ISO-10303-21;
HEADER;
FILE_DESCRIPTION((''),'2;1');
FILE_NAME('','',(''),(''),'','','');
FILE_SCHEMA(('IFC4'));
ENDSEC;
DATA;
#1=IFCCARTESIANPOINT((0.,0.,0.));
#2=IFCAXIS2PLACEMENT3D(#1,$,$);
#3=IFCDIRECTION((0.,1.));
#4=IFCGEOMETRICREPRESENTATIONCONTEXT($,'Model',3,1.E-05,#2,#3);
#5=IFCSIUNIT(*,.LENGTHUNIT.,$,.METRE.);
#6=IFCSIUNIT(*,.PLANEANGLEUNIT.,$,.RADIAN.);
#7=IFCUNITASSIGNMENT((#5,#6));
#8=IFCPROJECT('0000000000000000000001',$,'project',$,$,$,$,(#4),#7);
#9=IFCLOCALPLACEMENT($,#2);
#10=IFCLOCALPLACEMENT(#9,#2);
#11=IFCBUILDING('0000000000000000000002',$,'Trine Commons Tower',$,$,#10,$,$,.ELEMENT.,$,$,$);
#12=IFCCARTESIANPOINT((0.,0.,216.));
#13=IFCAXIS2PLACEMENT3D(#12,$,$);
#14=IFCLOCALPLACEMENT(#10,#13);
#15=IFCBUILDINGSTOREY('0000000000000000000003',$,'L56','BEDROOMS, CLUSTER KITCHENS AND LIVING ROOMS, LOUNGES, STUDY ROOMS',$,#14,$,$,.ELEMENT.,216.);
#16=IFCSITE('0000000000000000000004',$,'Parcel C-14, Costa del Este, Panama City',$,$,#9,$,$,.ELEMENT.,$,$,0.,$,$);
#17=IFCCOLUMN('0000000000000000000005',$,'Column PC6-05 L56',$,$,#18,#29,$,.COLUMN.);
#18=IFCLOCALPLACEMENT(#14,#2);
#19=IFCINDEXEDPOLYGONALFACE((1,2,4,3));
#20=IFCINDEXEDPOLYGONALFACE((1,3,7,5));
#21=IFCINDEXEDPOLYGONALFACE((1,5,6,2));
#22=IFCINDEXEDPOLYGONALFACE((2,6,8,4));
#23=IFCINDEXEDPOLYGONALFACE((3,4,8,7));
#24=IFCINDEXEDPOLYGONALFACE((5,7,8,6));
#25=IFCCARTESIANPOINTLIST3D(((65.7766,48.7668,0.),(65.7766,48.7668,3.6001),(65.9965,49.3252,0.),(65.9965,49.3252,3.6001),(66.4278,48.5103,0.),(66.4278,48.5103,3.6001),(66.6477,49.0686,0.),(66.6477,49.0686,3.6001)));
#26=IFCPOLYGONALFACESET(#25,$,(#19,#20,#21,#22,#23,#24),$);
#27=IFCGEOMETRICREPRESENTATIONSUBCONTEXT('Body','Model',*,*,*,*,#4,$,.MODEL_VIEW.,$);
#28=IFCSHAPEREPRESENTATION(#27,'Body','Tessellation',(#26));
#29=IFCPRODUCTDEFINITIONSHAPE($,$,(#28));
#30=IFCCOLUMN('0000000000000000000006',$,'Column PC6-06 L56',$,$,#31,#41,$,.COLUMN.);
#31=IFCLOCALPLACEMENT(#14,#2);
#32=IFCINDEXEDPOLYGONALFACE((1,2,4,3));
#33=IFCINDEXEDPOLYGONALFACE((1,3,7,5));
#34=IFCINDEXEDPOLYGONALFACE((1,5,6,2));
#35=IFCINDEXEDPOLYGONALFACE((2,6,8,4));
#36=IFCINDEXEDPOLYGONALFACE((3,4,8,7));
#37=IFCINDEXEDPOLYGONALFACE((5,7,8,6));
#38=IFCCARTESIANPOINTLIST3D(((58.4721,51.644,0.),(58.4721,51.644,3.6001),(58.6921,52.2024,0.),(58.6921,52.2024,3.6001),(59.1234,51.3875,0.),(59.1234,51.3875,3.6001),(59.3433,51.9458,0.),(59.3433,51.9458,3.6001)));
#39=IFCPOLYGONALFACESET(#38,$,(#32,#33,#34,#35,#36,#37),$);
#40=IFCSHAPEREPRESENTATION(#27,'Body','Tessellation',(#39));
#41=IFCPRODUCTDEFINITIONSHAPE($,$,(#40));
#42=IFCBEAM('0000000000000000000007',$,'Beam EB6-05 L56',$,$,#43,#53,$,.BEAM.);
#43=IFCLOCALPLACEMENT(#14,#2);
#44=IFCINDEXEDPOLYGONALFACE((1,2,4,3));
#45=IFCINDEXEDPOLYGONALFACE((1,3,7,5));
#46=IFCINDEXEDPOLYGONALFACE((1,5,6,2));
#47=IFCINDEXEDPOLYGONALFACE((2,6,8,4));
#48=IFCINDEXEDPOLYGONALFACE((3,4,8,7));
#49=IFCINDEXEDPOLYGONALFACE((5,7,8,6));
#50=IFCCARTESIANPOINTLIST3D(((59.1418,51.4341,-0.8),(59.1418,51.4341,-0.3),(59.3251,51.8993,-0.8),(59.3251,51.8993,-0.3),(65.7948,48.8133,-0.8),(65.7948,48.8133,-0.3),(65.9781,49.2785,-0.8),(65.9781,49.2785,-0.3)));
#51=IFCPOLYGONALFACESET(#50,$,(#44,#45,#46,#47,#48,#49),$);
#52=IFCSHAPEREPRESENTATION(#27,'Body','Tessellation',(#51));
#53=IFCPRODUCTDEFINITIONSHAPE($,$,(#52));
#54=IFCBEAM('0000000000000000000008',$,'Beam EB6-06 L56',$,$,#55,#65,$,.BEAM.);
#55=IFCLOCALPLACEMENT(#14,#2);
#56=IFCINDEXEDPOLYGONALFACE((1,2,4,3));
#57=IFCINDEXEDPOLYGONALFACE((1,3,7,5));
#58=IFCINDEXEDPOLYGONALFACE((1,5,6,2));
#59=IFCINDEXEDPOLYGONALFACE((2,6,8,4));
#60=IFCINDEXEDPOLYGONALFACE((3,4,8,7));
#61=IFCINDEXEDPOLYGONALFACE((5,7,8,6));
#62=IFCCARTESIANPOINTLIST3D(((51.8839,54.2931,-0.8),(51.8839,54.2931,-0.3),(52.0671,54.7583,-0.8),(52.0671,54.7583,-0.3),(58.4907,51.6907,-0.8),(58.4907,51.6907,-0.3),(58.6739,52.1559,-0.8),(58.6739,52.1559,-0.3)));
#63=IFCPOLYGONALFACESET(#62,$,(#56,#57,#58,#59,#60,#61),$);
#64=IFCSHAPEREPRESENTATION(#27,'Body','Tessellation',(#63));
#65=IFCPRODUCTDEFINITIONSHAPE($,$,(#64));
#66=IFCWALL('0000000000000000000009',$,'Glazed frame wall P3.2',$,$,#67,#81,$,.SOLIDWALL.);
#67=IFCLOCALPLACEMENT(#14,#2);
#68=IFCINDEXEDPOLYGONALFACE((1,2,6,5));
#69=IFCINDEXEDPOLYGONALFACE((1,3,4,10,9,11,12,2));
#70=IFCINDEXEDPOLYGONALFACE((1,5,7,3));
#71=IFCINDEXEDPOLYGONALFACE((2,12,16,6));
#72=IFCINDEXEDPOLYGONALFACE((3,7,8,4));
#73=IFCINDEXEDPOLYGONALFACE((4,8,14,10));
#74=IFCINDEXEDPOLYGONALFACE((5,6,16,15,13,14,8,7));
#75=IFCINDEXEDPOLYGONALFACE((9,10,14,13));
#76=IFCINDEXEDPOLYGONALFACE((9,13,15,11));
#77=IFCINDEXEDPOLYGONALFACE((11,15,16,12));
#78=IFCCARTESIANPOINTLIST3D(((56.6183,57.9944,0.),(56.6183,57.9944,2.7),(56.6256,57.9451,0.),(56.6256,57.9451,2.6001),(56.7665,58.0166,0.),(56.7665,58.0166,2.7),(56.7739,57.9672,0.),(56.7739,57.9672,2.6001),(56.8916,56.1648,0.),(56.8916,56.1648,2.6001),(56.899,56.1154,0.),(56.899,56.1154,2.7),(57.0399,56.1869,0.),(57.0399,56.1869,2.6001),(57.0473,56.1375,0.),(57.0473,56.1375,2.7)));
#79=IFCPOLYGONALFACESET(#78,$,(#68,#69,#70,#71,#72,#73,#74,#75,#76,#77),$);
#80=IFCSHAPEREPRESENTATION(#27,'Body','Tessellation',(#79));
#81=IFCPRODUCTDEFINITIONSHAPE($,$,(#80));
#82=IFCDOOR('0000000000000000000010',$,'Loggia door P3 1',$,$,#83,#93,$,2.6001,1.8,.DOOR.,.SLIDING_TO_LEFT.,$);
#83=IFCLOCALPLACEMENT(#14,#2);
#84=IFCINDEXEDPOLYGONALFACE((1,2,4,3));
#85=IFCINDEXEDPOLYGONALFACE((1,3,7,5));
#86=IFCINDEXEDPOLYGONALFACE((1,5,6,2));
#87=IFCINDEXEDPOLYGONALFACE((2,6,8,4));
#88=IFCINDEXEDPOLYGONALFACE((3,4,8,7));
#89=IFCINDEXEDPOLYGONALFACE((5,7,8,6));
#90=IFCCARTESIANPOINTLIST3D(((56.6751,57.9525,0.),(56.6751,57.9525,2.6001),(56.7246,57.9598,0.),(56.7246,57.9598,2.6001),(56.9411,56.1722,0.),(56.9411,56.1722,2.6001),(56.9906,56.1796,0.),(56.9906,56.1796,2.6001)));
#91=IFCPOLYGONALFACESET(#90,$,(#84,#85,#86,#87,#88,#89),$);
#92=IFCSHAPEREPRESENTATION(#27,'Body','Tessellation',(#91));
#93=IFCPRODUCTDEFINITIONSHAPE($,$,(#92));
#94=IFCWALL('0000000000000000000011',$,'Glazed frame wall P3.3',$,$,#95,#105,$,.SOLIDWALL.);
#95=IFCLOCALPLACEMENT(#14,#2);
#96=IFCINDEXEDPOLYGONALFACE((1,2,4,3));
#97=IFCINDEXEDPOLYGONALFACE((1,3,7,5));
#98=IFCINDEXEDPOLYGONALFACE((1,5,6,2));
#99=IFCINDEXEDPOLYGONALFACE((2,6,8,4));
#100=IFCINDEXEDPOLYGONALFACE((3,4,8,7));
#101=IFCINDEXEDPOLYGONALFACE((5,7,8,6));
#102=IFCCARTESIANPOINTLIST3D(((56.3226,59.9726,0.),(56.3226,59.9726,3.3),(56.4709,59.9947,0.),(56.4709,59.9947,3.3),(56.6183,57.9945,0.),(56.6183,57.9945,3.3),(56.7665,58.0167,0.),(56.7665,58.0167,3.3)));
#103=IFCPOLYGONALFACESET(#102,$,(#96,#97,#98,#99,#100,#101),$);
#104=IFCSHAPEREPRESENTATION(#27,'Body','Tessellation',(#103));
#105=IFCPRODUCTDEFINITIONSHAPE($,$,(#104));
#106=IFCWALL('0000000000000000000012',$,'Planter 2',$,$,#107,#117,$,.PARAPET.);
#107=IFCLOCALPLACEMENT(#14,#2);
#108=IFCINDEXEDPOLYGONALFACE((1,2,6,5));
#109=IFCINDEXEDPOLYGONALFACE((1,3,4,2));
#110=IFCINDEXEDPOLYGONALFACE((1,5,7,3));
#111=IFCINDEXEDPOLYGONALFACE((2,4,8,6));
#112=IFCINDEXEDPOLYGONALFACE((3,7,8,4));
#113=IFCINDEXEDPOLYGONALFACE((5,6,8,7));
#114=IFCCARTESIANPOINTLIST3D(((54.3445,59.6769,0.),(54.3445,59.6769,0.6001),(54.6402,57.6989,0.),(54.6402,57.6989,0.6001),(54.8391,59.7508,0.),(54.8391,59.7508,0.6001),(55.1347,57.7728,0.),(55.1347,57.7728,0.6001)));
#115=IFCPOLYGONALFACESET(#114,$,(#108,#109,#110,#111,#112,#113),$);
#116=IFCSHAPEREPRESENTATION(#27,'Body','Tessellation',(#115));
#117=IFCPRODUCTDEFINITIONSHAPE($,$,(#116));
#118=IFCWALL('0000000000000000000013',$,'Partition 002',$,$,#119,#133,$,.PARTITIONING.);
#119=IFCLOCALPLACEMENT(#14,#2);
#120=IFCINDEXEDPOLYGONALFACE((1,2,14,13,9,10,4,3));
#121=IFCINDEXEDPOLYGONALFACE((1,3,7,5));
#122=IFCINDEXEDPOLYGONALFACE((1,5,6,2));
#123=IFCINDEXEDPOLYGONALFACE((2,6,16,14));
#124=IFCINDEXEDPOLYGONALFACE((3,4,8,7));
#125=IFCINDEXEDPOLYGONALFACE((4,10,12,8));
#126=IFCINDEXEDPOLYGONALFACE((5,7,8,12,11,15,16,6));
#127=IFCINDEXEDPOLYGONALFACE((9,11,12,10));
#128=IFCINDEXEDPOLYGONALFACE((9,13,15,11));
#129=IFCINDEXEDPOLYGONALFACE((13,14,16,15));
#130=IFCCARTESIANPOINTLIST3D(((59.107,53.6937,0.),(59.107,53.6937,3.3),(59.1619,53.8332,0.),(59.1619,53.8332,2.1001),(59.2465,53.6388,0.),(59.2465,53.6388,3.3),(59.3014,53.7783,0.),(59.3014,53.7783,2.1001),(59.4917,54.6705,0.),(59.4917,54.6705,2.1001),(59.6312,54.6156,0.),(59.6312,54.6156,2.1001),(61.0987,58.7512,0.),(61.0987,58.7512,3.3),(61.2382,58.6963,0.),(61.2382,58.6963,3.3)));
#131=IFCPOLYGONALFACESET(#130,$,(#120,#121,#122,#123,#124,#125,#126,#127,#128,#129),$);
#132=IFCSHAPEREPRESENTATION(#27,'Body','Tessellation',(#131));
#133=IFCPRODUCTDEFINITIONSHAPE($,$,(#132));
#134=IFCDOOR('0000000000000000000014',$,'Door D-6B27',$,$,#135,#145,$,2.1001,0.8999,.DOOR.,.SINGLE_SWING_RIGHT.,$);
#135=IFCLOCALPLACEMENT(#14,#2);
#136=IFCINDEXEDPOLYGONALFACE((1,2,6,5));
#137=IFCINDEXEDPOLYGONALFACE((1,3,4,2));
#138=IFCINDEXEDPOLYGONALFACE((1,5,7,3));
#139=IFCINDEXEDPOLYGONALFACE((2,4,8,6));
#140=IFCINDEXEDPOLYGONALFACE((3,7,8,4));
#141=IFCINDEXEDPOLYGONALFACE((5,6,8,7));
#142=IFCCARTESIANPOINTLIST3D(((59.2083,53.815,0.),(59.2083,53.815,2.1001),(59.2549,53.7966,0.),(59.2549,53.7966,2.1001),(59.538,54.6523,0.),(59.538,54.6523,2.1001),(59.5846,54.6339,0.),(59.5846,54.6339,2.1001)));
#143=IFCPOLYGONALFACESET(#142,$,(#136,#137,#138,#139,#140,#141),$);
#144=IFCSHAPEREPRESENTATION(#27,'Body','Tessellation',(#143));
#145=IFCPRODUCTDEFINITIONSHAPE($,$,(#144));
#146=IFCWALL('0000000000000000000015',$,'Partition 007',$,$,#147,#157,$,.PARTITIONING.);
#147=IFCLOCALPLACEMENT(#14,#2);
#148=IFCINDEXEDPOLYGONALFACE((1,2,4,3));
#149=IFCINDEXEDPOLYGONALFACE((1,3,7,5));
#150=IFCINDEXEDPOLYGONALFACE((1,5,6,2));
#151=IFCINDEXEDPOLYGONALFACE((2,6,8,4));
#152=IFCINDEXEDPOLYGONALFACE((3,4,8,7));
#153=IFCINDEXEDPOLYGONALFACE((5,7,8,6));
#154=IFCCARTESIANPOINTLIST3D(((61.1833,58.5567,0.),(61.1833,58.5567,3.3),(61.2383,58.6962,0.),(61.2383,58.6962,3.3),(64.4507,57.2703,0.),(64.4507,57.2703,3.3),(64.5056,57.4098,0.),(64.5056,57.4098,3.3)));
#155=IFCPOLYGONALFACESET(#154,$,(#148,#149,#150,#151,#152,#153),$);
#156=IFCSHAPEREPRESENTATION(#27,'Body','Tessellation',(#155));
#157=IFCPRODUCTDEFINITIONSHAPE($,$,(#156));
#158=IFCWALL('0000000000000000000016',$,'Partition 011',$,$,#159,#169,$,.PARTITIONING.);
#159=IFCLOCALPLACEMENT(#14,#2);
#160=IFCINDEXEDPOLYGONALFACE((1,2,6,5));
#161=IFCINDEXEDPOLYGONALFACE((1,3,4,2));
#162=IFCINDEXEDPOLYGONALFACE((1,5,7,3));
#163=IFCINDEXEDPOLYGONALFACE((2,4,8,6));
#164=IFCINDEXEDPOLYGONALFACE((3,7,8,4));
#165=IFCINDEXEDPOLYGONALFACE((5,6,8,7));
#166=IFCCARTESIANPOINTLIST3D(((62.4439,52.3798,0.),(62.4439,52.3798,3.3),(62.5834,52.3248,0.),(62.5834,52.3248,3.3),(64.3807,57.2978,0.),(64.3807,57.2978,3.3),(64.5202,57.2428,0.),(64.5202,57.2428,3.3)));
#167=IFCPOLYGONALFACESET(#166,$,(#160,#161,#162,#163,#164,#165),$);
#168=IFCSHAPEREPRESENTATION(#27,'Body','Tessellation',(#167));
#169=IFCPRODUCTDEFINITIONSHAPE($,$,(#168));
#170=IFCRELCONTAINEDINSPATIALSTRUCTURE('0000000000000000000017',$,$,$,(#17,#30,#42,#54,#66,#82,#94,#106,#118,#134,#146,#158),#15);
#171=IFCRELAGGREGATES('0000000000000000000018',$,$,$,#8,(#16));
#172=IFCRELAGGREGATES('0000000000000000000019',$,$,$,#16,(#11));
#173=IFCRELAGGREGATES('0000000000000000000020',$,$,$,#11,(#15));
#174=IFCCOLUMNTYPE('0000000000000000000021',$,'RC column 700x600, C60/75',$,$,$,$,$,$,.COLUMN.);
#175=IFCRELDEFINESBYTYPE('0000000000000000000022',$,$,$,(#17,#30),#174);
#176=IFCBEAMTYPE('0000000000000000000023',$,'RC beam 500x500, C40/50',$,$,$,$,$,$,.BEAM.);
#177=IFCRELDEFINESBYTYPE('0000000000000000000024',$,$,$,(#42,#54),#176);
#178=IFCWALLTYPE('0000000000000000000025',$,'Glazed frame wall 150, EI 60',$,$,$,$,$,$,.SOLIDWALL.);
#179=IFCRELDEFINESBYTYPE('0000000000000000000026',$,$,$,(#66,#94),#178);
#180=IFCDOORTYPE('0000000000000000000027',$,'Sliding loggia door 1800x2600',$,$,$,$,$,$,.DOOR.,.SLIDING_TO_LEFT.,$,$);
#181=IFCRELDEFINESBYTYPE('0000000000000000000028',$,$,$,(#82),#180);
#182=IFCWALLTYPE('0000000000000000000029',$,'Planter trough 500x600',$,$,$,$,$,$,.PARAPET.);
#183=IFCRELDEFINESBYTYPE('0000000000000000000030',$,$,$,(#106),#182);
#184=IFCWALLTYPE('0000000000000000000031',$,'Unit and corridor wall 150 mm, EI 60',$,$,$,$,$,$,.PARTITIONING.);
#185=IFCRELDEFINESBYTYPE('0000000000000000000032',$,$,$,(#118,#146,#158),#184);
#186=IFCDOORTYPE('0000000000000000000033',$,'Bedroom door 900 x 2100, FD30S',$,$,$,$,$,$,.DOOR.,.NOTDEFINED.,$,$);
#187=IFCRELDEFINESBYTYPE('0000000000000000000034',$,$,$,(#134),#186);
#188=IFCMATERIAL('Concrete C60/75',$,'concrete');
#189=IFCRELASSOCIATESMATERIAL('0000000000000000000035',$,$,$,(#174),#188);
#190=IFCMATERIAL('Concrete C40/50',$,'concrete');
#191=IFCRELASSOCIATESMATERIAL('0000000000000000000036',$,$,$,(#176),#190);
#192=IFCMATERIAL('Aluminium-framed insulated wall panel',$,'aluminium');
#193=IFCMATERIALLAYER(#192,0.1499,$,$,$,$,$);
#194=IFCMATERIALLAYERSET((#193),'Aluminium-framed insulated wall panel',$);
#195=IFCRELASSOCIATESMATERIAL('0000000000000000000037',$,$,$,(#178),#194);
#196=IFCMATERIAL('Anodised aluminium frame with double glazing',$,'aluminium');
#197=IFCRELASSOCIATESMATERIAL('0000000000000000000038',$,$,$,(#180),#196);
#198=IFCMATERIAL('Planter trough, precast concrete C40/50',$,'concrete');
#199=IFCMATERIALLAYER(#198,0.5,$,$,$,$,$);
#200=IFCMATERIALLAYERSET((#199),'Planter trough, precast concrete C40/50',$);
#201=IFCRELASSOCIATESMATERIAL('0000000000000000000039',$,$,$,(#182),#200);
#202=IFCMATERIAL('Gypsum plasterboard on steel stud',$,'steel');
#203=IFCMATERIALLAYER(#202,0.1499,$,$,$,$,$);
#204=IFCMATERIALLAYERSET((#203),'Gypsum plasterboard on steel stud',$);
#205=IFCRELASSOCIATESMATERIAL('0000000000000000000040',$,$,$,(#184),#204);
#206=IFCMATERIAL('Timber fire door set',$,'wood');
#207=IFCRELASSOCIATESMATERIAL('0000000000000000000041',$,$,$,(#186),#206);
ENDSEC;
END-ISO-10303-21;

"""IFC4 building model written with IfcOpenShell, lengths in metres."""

from ifc_helpers import new_model, si_unit, direction, frame, frame_2d, origin, origin_2d, place, context, subcontext, project, spatial, polyline, rectangle, outline, extrude, material, layer, layer_set, material_profile, profile_set, type_object, element, fill, save


model = new_model("IFC4")

# Units and contexts
model_context = context("Model", 3, precision=1e-05, world=origin(), true_north=direction((0.0, 1.0)))
body_context = subcontext(model_context, "Body", "Model", "MODEL_VIEW")
ifc_project = project(units=[si_unit("LENGTHUNIT", "METRE"), si_unit("PLANEANGLEUNIT", "RADIAN")], contexts=[model_context])

# Site, building, storey
site_placement = place(None, origin())
site = spatial("IfcSite", under=ifc_project, at=site_placement, Name="Parcel C-14, Costa del Este, Panama City", CompositionType="ELEMENT", RefElevation=0.0)
building_placement = place(site_placement, origin())
building = spatial("IfcBuilding", under=site, at=building_placement, Name="Trine Commons Tower", CompositionType="ELEMENT")
storey_placement = place(building_placement, frame((0.0, 0.0, 216.0)))
storey = spatial("IfcBuildingStorey", under=building, at=storey_placement, Name="L56", Description="BEDROOMS, CLUSTER KITCHENS AND LIVING ROOMS, LOUNGES, STUDY ROOMS", CompositionType="ELEMENT", Elevation=216.0)

# Columns
ifc_material_1 = material(Name="Concrete C60/75", Category="concrete")
ifc_material_profile_1 = material_profile(ifc_material_1, rectangle(XDim=0.7, YDim=0.6001, at=origin_2d()), Name="RC 700x600")
ifc_profile_set_1 = profile_set([ifc_material_profile_1], Name="Concrete C60/75")
column_type = type_object("IfcColumnType", Name="RC column 700x600, C60/75", PredefinedType="COLUMN", material=ifc_profile_set_1)
for number, where, z_axis, x_axis, name in (
    (1, (66.2122, 48.9177, 0.0), (0.0, 0.0, 1.0), (-0.930418, 0.366501, 0.0), "Column PC6-05 L56"),
    (2, (58.9077, 51.7949, 0.0), (0.0, 0.0, 1.0), (-0.930418, 0.366501, 0.0), "Column PC6-06 L56"),
):
    element("IfcColumn", number, at=place(storey_placement, frame(where, z_axis=z_axis, x_axis=x_axis)), inside=storey, type_object=column_type, Name=name, PredefinedType="COLUMN", context=body_context, shape_type="SweptSolid", body=[
        extrude(rectangle(XDim=0.7, YDim=0.6001, at=origin_2d()), origin(), (0.0, 0.0, 1.0), 3.6001),
    ])

# Beams
ifc_material_2 = material(Name="Concrete C40/50", Category="concrete")
ifc_material_profile_2 = material_profile(ifc_material_2, rectangle(XDim=0.5, YDim=0.5, at=origin_2d()), Name="RC 500x500")
ifc_profile_set_2 = profile_set([ifc_material_profile_2], Name="Concrete C40/50")
beam_type = type_object("IfcBeamType", Name="RC beam 500x500, C40/50", PredefinedType="BEAM", material=ifc_profile_set_2)
beam_1_placement = place(storey_placement, frame((65.8865, 49.0459, -0.55), z_axis=(-0.930411, 0.366517, 0.0), x_axis=(-0.366517, -0.930411, 0.0)))
element("IfcBeam", 3, at=beam_1_placement, inside=storey, type_object=beam_type, Name="Beam EB6-05 L56", PredefinedType="BEAM", context=body_context, shape_type="SweptSolid", body=[
    extrude(rectangle(XDim=0.5, YDim=0.5, at=origin_2d()), origin(), (0.0, 0.0, 1.0), 7.1506),
])
beam_2_placement = place(storey_placement, frame((58.5823, 51.9233, -0.55), z_axis=(-0.930425, 0.366483, 0.0), x_axis=(-0.366483, -0.930425, 0.0)))
element("IfcBeam", 4, at=beam_2_placement, inside=storey, type_object=beam_type, Name="Beam EB6-06 L56", PredefinedType="BEAM", context=body_context, shape_type="SweptSolid", body=[
    extrude(rectangle(XDim=0.5, YDim=0.5, at=origin_2d()), origin(), (0.0, 0.0, 1.0), 7.1008),
])

# Shared definitions
ifc_material_3 = material(Name="Aluminium-framed insulated wall panel", Category="aluminium")
ifc_layer_1 = layer(ifc_material_3, 0.1499)
ifc_layer_set_1 = layer_set([ifc_layer_1], Name="Aluminium-framed insulated wall panel")
wall_type_1 = type_object("IfcWallType", Name="Glazed frame wall 150, EI 60", PredefinedType="SOLIDWALL", material=ifc_layer_set_1)

# Wall, opening, door
wall_1_placement = place(storey_placement, frame((56.9731, 56.1265, 0.0), z_axis=(0.0, 0.0, 1.0), x_axis=(-0.147769, 0.989022, 0.0)))
wall_1 = element("IfcWall", 5, at=wall_1_placement, inside=storey, type_object=wall_type_1, Name="Glazed frame wall P3.2", PredefinedType="SOLIDWALL", context=body_context, shape_type="SweptSolid", body=[
    extrude(outline(polyline([(0.0, -0.075), (1.8999, -0.075), (1.8999, 0.075), (0.0, 0.075), (0.0, -0.075)])), origin(), (0.0, 0.0, 1.0), 2.7),
])
opening_1_placement = place(wall_1_placement, frame((0.05, 0.0, 0.0)))
opening_1 = element("IfcOpeningElement", 6, at=opening_1_placement, cuts=wall_1, PredefinedType="OPENING", context=body_context, shape_type="SweptSolid", body=[
    extrude(rectangle(XDim=1.8, YDim=2.6001, at=frame_2d((0.8999, 1.3))), frame((0.0, 0.085, 0.0), z_axis=(0.0, -1.0, 0.0), x_axis=(1.0, 0.0, 0.0)), (0.0, 0.0, 1.0), 0.1699),
])
ifc_material_4 = material(Name="Anodised aluminium frame with double glazing", Category="aluminium")
door_type_1 = type_object("IfcDoorType", Name="Sliding loggia door 1800x2600", OperationType="SLIDING_TO_LEFT", PredefinedType="DOOR", material=ifc_material_4)
door_1_placement = place(opening_1_placement, origin())
door_1 = element("IfcDoor", 7, at=door_1_placement, inside=storey, type_object=door_type_1, Name="Loggia door P3 1", OperationType="SLIDING_TO_LEFT", OverallHeight=2.6001, OverallWidth=1.8, PredefinedType="DOOR", context=body_context, shape_type="SweptSolid", body=[
    extrude(rectangle(XDim=1.8, YDim=2.6001, at=frame_2d((0.8999, 1.3))), frame((0.0, 0.0249, 0.0), z_axis=(0.0, -1.0, 0.0), x_axis=(1.0, 0.0, 0.0)), (0.0, 0.0, 1.0), 0.05),
])
fill(opening_1, door_1)

# Walls
wall_2_placement = place(storey_placement, frame((56.6924, 58.0056, 0.0), z_axis=(0.0, 0.0, 1.0), x_axis=(-0.147827, 0.989013, 0.0)))
element("IfcWall", 8, at=wall_2_placement, inside=storey, type_object=wall_type_1, Name="Glazed frame wall P3.3", PredefinedType="SOLIDWALL", context=body_context, shape_type="SweptSolid", body=[
    extrude(outline(polyline([(0.0, -0.075), (2.0, -0.075), (2.0, 0.075), (0.0, 0.075), (0.0, -0.075)])), origin(), (0.0, 0.0, 1.0), 3.3),
])
ifc_material_5 = material(Name="Planter trough, precast concrete C40/50", Category="concrete")
ifc_layer_2 = layer(ifc_material_5, 0.5)
ifc_layer_set_2 = layer_set([ifc_layer_2], Name="Planter trough, precast concrete C40/50")
wall_type_2 = type_object("IfcWallType", Name="Planter trough 500x600", PredefinedType="PARAPET", material=ifc_layer_set_2)
wall_3_placement = place(storey_placement, frame((54.8875, 57.7358, 0.0), z_axis=(0.0, 0.0, 1.0), x_axis=(-0.147827, 0.989013, 0.0)))
element("IfcWall", 9, at=wall_3_placement, inside=storey, type_object=wall_type_2, Name="Planter 2", PredefinedType="PARAPET", context=body_context, shape_type="SweptSolid", body=[
    extrude(rectangle(XDim=2.0, YDim=0.5, at=frame_2d((1.0, 0.0))), origin(), (0.0, 0.0, 1.0), 0.6001),
])

# Wall, opening, door
ifc_material_6 = material(Name="Gypsum plasterboard on steel stud", Category="steel")
ifc_layer_3 = layer(ifc_material_6, 0.1499)
ifc_layer_set_3 = layer_set([ifc_layer_3], Name="Gypsum plasterboard on steel stud")
wall_type_3 = type_object("IfcWallType", Name="Unit and corridor wall 150 mm, EI 60", PredefinedType="PARTITIONING", material=ifc_layer_set_3)
wall_4_placement = place(storey_placement, frame((59.1768, 53.6663, 0.0), z_axis=(0.0, 0.0, 1.0), x_axis=(0.366414, 0.930452, 0.0)))
wall_4 = element("IfcWall", 10, at=wall_4_placement, inside=storey, type_object=wall_type_3, Name="Partition 002", PredefinedType="PARTITIONING", context=body_context, shape_type="SweptSolid", body=[
    extrude(rectangle(XDim=5.4355, YDim=0.1499, at=frame_2d((2.7178, 0.0))), origin(), (0.0, 0.0, 1.0), 3.3),
])
opening_2_placement = place(wall_4_placement, frame((0.1499, 0.0, 0.0)))
opening_2 = element("IfcOpeningElement", 11, at=opening_2_placement, cuts=wall_4, PredefinedType="OPENING", context=body_context, shape_type="SweptSolid", body=[
    extrude(rectangle(XDim=0.8999, YDim=2.1001, at=frame_2d((0.45, 1.05))), frame((0.0, 0.085, 0.0), z_axis=(0.0, -1.0, 0.0), x_axis=(1.0, 0.0, 0.0)), (0.0, 0.0, 1.0), 0.1699),
])
ifc_material_7 = material(Name="Timber fire door set", Category="wood")
door_type_2 = type_object("IfcDoorType", Name="Bedroom door 900 x 2100, FD30S", OperationType="NOTDEFINED", PredefinedType="DOOR", material=ifc_material_7)
door_2_placement = place(opening_2_placement, frame((0.8999, 0.0, 0.0), z_axis=(0.0, 0.0, 1.0), x_axis=(-1.0, 0.0, 0.0)))
door_2 = element("IfcDoor", 12, at=door_2_placement, inside=storey, type_object=door_type_2, Name="Door D-6B27", OperationType="SINGLE_SWING_RIGHT", OverallHeight=2.1001, OverallWidth=0.8999, PredefinedType="DOOR", context=body_context, shape_type="SweptSolid", body=[
    extrude(rectangle(XDim=0.8999, YDim=2.1001, at=frame_2d((0.45, 1.05))), frame((0.0, 0.0249, 0.0), z_axis=(0.0, -1.0, 0.0), x_axis=(1.0, 0.0, 0.0)), (0.0, 0.0, 1.0), 0.05),
])
fill(opening_2, door_2)

# Walls
wall_5_placement = place(storey_placement, frame((61.2107, 58.6265, 0.0), z_axis=(0.0, 0.0, 1.0), x_axis=(0.930482, -0.366338, 0.0)))
element("IfcWall", 13, at=wall_5_placement, inside=storey, type_object=wall_type_3, Name="Partition 007", PredefinedType="PARTITIONING", context=body_context, shape_type="SweptSolid", body=[
    extrude(rectangle(XDim=3.5115, YDim=0.1499, at=frame_2d((1.7559, 0.0))), origin(), (0.0, 0.0, 1.0), 3.3),
])
wall_6_placement = place(storey_placement, frame((62.5137, 52.3523, 0.0), z_axis=(0.0, 0.0, 1.0), x_axis=(0.366424, 0.930448, 0.0)))
element("IfcWall", 14, at=wall_6_placement, inside=storey, type_object=wall_type_3, Name="Partition 011", PredefinedType="PARTITIONING", context=body_context, shape_type="SweptSolid", body=[
    extrude(rectangle(XDim=5.2856, YDim=0.1499, at=frame_2d((2.6428, 0.0))), origin(), (0.0, 0.0, 1.0), 3.3),
])

save(model, "model.ifc")
